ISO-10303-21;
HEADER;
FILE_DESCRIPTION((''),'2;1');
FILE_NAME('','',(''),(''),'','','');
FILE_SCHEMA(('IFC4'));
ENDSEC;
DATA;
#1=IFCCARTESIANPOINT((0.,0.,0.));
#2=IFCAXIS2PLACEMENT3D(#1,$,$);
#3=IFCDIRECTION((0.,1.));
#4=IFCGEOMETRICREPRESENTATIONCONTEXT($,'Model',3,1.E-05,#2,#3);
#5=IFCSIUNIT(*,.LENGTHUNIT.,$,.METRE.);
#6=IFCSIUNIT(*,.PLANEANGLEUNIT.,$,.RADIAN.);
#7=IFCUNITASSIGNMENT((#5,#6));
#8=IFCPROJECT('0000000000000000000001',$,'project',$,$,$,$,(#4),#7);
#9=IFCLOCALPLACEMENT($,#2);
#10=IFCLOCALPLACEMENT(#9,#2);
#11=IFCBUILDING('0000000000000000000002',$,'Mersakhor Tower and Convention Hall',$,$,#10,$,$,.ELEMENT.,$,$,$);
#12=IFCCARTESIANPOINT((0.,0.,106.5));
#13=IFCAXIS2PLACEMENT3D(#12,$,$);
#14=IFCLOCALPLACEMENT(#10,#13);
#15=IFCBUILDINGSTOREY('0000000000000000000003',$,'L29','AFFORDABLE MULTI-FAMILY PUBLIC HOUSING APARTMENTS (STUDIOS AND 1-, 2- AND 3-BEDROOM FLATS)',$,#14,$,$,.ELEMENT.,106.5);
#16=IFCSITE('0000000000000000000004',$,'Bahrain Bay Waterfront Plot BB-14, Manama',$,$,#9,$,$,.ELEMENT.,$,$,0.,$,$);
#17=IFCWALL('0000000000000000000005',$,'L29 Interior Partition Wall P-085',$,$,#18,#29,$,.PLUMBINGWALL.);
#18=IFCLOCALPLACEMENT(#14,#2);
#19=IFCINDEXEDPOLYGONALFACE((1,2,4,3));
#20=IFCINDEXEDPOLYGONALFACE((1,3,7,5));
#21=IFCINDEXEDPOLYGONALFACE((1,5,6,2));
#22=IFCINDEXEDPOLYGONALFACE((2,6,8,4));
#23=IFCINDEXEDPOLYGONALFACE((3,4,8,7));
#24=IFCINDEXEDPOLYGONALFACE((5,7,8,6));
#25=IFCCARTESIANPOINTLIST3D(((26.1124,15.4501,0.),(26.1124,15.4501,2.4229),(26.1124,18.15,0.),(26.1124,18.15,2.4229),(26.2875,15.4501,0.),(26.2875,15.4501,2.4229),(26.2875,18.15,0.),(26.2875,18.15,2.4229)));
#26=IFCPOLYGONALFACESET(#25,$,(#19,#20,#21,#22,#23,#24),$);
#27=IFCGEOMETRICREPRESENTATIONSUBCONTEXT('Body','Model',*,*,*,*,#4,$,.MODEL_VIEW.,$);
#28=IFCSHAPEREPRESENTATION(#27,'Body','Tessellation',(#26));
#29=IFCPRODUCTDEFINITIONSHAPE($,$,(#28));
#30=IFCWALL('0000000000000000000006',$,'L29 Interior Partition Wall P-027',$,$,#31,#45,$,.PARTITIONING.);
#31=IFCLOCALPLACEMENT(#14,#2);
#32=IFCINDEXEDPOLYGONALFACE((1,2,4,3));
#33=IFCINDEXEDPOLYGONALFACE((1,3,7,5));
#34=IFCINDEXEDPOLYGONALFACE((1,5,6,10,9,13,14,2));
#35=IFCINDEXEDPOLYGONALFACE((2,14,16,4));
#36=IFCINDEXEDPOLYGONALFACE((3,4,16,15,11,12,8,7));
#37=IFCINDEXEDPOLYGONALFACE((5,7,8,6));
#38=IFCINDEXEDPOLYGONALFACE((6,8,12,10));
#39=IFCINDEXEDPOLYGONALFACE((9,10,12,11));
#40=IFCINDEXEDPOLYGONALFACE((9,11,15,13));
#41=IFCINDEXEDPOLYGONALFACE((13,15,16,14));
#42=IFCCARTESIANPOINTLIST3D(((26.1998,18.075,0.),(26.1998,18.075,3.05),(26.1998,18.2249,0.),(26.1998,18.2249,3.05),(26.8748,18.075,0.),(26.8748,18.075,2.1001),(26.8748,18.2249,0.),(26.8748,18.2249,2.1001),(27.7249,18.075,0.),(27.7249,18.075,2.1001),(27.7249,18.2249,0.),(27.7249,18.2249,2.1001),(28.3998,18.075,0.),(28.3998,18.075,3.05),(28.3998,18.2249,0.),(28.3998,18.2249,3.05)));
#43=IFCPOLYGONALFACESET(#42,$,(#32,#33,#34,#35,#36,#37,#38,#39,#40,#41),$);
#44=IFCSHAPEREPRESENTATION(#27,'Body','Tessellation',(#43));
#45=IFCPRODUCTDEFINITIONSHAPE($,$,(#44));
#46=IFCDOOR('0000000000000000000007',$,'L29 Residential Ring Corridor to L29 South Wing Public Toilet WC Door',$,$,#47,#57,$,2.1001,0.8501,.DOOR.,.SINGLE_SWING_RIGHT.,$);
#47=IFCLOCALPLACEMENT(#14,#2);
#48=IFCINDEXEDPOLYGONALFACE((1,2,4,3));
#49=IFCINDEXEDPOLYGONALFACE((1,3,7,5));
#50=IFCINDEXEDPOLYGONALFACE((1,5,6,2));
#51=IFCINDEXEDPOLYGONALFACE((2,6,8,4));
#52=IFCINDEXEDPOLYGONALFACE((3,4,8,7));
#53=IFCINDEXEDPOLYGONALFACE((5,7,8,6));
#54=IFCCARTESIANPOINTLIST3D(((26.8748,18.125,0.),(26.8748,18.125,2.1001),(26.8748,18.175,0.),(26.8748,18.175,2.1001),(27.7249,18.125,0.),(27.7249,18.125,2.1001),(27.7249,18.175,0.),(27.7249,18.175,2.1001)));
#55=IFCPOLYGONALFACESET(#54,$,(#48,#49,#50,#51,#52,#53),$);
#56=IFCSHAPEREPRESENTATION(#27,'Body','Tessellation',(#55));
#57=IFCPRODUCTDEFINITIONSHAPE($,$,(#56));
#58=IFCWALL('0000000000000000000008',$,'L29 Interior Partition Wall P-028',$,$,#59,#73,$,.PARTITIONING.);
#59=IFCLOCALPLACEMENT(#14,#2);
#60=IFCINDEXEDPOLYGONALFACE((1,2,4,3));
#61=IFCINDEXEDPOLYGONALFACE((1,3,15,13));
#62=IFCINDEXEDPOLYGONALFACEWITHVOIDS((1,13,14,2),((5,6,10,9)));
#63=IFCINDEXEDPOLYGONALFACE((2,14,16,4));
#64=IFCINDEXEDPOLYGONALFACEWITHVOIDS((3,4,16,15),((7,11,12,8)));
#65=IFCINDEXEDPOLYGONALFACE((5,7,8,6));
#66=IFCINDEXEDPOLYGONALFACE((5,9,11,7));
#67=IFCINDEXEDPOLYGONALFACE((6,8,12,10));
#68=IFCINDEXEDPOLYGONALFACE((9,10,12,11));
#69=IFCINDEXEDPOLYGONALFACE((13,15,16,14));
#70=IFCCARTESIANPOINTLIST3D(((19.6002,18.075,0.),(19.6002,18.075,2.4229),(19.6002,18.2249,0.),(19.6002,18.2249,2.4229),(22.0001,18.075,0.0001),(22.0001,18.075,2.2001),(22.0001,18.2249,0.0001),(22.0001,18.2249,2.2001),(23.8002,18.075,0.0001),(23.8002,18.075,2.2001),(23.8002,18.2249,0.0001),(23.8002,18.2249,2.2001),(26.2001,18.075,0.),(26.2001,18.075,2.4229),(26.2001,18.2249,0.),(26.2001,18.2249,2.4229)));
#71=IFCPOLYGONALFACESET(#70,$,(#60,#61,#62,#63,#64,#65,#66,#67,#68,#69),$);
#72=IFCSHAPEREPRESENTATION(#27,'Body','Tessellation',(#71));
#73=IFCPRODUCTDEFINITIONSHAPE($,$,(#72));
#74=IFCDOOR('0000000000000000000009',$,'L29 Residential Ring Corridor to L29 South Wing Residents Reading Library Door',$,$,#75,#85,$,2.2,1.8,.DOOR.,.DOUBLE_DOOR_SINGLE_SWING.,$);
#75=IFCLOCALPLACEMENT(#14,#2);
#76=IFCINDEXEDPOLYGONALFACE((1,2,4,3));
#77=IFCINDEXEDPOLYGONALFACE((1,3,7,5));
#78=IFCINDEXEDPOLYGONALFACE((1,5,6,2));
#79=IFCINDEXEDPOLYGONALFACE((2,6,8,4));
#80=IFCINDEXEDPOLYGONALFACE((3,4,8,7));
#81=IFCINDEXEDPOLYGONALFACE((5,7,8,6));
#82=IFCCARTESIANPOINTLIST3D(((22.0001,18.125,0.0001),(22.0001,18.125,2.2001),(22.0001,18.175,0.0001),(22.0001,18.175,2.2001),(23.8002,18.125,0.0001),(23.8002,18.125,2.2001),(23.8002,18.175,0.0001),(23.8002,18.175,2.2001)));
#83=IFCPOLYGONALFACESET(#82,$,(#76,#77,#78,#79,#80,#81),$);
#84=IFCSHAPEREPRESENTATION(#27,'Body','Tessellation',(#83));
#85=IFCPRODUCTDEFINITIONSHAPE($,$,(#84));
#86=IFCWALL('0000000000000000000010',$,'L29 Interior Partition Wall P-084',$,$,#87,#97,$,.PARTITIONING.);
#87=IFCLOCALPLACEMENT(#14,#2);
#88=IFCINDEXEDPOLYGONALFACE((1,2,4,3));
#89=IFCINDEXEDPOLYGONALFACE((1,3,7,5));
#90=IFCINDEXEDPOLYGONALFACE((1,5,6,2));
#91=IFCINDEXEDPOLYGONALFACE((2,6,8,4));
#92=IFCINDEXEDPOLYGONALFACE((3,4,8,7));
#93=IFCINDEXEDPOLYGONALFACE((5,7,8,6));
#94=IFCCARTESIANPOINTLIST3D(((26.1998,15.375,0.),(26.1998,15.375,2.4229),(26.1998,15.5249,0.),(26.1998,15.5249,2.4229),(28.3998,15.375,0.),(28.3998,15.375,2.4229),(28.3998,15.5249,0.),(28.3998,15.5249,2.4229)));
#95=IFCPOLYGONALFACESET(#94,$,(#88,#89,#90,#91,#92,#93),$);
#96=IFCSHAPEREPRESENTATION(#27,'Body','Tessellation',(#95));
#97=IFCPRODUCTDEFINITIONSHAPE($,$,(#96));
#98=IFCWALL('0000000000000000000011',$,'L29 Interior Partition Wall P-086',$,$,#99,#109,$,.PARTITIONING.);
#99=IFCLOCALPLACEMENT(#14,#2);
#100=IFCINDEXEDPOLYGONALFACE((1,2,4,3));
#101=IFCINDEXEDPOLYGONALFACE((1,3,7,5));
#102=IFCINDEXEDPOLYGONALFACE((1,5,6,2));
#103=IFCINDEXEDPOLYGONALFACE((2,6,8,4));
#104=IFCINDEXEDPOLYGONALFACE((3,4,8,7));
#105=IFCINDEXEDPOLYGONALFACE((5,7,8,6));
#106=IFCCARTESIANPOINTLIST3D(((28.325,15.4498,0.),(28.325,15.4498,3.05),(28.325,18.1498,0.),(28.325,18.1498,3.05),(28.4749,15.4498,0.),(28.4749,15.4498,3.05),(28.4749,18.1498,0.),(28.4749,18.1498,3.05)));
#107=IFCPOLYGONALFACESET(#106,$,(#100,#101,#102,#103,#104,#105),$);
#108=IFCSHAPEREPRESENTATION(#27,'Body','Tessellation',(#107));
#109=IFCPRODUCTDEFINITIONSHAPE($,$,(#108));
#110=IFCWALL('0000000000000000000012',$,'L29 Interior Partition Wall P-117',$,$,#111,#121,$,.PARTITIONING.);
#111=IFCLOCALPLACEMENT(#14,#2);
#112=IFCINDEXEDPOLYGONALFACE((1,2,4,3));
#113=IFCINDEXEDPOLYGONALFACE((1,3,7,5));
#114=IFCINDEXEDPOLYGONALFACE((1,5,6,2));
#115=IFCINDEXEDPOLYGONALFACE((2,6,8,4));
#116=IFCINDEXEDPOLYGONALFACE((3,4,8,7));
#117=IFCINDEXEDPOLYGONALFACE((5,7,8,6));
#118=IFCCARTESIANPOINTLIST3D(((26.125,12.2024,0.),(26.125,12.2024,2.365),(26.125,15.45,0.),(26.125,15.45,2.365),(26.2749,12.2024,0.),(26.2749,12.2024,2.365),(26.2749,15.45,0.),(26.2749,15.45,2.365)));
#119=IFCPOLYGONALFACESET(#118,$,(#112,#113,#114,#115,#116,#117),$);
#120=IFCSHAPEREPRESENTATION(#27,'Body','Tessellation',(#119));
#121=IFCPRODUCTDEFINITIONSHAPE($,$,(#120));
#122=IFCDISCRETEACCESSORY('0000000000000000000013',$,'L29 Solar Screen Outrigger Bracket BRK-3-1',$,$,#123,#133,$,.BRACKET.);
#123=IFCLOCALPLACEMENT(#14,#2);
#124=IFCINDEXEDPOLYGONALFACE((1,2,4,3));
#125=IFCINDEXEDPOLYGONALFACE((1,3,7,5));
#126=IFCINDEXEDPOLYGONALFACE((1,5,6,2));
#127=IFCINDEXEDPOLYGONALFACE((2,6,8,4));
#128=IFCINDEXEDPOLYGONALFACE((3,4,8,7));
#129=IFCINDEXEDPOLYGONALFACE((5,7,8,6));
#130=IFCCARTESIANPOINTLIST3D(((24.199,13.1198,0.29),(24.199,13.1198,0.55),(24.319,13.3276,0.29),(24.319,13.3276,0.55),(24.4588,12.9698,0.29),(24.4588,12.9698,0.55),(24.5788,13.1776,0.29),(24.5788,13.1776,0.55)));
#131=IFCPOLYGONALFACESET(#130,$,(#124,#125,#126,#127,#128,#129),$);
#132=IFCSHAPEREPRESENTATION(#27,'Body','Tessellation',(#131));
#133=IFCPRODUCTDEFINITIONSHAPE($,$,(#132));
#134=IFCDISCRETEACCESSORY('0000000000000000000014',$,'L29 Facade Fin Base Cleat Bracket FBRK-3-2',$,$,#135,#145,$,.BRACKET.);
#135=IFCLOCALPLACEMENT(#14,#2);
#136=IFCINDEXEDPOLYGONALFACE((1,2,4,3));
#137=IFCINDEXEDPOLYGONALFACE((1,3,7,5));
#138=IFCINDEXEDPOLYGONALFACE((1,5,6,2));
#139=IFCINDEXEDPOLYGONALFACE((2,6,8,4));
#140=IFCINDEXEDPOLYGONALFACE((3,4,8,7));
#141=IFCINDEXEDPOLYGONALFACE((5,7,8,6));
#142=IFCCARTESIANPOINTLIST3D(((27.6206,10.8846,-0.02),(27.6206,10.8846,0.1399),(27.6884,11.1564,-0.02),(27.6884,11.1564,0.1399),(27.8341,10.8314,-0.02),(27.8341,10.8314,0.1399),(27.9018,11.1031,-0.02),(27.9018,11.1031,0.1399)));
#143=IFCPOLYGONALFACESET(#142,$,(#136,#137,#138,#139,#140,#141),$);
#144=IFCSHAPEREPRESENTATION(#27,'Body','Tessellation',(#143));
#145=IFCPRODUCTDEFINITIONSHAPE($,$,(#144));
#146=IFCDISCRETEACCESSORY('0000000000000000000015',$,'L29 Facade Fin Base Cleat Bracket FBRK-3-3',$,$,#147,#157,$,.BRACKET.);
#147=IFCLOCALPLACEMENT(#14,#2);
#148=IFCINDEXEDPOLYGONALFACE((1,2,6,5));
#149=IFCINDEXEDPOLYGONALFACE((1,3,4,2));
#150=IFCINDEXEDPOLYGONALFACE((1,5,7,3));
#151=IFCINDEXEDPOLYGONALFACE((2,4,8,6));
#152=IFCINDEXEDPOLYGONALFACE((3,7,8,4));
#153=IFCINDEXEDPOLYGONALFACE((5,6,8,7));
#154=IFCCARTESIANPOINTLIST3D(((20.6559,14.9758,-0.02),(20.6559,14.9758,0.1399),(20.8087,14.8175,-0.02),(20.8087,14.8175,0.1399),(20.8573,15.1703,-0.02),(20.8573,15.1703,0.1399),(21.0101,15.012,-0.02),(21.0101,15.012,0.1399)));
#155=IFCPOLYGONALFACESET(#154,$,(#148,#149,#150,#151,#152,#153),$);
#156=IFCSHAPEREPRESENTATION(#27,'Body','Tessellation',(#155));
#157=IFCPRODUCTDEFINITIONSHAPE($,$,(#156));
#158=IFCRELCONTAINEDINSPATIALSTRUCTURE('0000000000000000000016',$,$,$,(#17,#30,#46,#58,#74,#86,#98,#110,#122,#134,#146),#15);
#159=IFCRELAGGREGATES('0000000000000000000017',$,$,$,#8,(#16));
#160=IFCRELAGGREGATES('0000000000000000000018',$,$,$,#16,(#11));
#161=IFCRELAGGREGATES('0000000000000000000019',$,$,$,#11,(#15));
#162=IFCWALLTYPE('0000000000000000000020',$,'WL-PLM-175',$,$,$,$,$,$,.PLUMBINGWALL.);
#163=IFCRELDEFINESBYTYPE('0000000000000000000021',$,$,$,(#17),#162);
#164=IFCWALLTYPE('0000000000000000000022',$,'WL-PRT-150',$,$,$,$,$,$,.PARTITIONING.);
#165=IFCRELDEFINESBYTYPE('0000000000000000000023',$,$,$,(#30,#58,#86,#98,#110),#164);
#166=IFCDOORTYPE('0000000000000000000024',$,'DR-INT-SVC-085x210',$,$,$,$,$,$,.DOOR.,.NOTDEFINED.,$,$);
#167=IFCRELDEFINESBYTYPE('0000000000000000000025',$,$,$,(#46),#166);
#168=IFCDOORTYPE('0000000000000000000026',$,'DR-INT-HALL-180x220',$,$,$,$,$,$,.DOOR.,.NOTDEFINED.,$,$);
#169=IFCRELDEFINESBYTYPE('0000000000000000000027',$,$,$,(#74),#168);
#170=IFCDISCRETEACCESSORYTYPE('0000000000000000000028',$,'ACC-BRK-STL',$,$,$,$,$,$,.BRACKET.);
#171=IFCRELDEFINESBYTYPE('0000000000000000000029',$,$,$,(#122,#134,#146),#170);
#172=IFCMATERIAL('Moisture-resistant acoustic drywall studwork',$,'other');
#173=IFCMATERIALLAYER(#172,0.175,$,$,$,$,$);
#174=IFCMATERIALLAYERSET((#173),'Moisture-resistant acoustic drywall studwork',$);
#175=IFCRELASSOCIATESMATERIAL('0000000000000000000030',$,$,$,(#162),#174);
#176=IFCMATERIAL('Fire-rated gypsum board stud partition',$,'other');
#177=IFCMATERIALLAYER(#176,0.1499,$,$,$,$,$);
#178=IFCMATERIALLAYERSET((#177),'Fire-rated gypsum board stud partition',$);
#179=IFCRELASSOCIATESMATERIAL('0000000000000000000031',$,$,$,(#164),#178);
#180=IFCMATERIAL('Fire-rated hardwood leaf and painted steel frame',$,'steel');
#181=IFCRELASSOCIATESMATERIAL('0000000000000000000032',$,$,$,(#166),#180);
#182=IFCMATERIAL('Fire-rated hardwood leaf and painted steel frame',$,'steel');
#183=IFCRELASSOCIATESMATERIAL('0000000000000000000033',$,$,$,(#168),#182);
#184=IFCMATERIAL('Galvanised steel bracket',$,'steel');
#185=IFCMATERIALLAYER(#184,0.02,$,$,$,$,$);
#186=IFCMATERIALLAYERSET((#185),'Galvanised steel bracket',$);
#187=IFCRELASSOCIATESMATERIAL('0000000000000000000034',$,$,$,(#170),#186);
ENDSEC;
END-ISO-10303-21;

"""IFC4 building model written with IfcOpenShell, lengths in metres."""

from ifc_helpers import new_model, si_unit, direction, frame, frame_2d, origin, origin_2d, place, context, subcontext, project, spatial, rectangle, extrude, material, layer, layer_set, type_object, element, fill, save


model = new_model("IFC4")

# Units and contexts
model_context = context("Model", 3, precision=1e-05, world=origin(), true_north=direction((0.0, 1.0)))
body_context = subcontext(model_context, "Body", "Model", "MODEL_VIEW")
ifc_project = project(units=[si_unit("LENGTHUNIT", "METRE"), si_unit("PLANEANGLEUNIT", "RADIAN")], contexts=[model_context])

# Site, building, storey
site_placement = place(None, origin())
site = spatial("IfcSite", under=ifc_project, at=site_placement, Name="Bahrain Bay Waterfront Plot BB-14, Manama", CompositionType="ELEMENT", RefElevation=0.0)
building_placement = place(site_placement, origin())
building = spatial("IfcBuilding", under=site, at=building_placement, Name="Mersakhor Tower and Convention Hall", CompositionType="ELEMENT")
storey_placement = place(building_placement, frame((0.0, 0.0, 106.5)))
storey = spatial("IfcBuildingStorey", under=building, at=storey_placement, Name="L29", Description="AFFORDABLE MULTI-FAMILY PUBLIC HOUSING APARTMENTS (STUDIOS AND 1-, 2- AND 3-BEDROOM FLATS)", CompositionType="ELEMENT", Elevation=106.5)

# Wall
ifc_material_1 = material(Name="Moisture-resistant acoustic drywall studwork", Category="other")
ifc_layer_1 = layer(ifc_material_1, 0.175)
ifc_layer_set_1 = layer_set([ifc_layer_1], Name="Moisture-resistant acoustic drywall studwork")
wall_type_1 = type_object("IfcWallType", Name="WL-PLM-175", PredefinedType="PLUMBINGWALL", material=ifc_layer_set_1)
wall_1_placement = place(storey_placement, frame((26.2, 15.45, 0.0), z_axis=(0.0, 0.0, 1.0), x_axis=(0.0, 1.0, 0.0)))
element("IfcWall", 1, at=wall_1_placement, inside=storey, type_object=wall_type_1, Name="L29 Interior Partition Wall P-085", PredefinedType="PLUMBINGWALL", context=body_context, shape_type="SweptSolid", body=[
    extrude(rectangle(XDim=2.7, YDim=0.175, at=frame_2d((1.3501, 0.0))), origin(), (0.0, 0.0, 1.0), 2.4229),
])

# Walls, openings, doors
ifc_material_2 = material(Name="Fire-rated gypsum board stud partition", Category="other")
ifc_layer_2 = layer(ifc_material_2, 0.1499)
ifc_layer_set_2 = layer_set([ifc_layer_2], Name="Fire-rated gypsum board stud partition")
wall_type_2 = type_object("IfcWallType", Name="WL-PRT-150", PredefinedType="PARTITIONING", material=ifc_layer_set_2)
wall_2_placement = place(storey_placement, frame((28.3999, 18.1499, 0.0), z_axis=(0.0, 0.0, 1.0), x_axis=(-1.0, 0.0, 0.0)))
wall_2 = element("IfcWall", 2, at=wall_2_placement, inside=storey, type_object=wall_type_2, Name="L29 Interior Partition Wall P-027", PredefinedType="PARTITIONING", context=body_context, shape_type="SweptSolid", body=[
    extrude(rectangle(XDim=2.2, YDim=0.1499, at=frame_2d((1.1001, 0.0))), origin(), (0.0, 0.0, 1.0), 3.05),
])
opening_1_placement = place(wall_2_placement, frame((0.675, 0.0, 0.0)))
opening_1 = element("IfcOpeningElement", 3, at=opening_1_placement, cuts=wall_2, PredefinedType="OPENING", context=body_context, shape_type="SweptSolid", body=[
    extrude(rectangle(XDim=0.8501, YDim=2.1001, at=frame_2d((0.425, 1.05))), frame((0.0, 0.085, 0.0), z_axis=(0.0, -1.0, 0.0), x_axis=(1.0, 0.0, 0.0)), (0.0, 0.0, 1.0), 0.1699),
])
ifc_material_3 = material(Name="Fire-rated hardwood leaf and painted steel frame", Category="steel")
door_type_1 = type_object("IfcDoorType", Name="DR-INT-SVC-085x210", OperationType="NOTDEFINED", PredefinedType="DOOR", material=ifc_material_3)
door_1_placement = place(opening_1_placement, origin())
door_1 = element("IfcDoor", 4, at=door_1_placement, inside=storey, type_object=door_type_1, Name="L29 Residential Ring Corridor to L29 South Wing Public Toilet WC Door", OperationType="SINGLE_SWING_RIGHT", OverallHeight=2.1001, OverallWidth=0.8501, PredefinedType="DOOR", context=body_context, shape_type="SweptSolid", body=[
    extrude(rectangle(XDim=0.8501, YDim=2.1001, at=frame_2d((0.425, 1.05))), frame((0.0, 0.0249, 0.0), z_axis=(0.0, -1.0, 0.0), x_axis=(1.0, 0.0, 0.0)), (0.0, 0.0, 1.0), 0.05),
])
fill(opening_1, door_1)
wall_3_placement = place(storey_placement, frame((26.2, 18.1499, 0.0), z_axis=(0.0, 0.0, 1.0), x_axis=(-1.0, 0.0, 0.0)))
wall_3 = element("IfcWall", 5, at=wall_3_placement, inside=storey, type_object=wall_type_2, Name="L29 Interior Partition Wall P-028", PredefinedType="PARTITIONING", context=body_context, shape_type="SweptSolid", body=[
    extrude(rectangle(XDim=6.5999, YDim=0.1499, at=frame_2d((3.2998, 0.0))), origin(), (0.0, 0.0, 1.0), 2.4229),
])
opening_2_placement = place(wall_3_placement, frame((2.3999, 0.0, 0.0)))
opening_2 = element("IfcOpeningElement", 6, at=opening_2_placement, cuts=wall_3, PredefinedType="OPENING", context=body_context, shape_type="SweptSolid", body=[
    extrude(rectangle(XDim=1.8, YDim=2.2, at=frame_2d((0.8999, 1.1001))), frame((0.0, 0.085, 0.0), z_axis=(0.0, -1.0, 0.0), x_axis=(1.0, 0.0, 0.0)), (0.0, 0.0, 1.0), 0.1699),
])
ifc_material_4 = material(Name="Fire-rated hardwood leaf and painted steel frame", Category="steel")
door_type_2 = type_object("IfcDoorType", Name="DR-INT-HALL-180x220", OperationType="NOTDEFINED", PredefinedType="DOOR", material=ifc_material_4)
door_2_placement = place(opening_2_placement, origin())
door_2 = element("IfcDoor", 7, at=door_2_placement, inside=storey, type_object=door_type_2, Name="L29 Residential Ring Corridor to L29 South Wing Residents Reading Library Door", OperationType="DOUBLE_DOOR_SINGLE_SWING", OverallHeight=2.2, OverallWidth=1.8, PredefinedType="DOOR", context=body_context, shape_type="SweptSolid", body=[
    extrude(rectangle(XDim=1.8, YDim=2.2, at=frame_2d((0.8999, 1.1001))), frame((0.0, 0.0249, 0.0), z_axis=(0.0, -1.0, 0.0), x_axis=(1.0, 0.0, 0.0)), (0.0, 0.0, 1.0), 0.05),
])
fill(opening_2, door_2)

# Walls
wall_4_placement = place(storey_placement, frame((28.3999, 15.45, 0.0), z_axis=(0.0, 0.0, 1.0), x_axis=(-1.0, 0.0, 0.0)))
element("IfcWall", 8, at=wall_4_placement, inside=storey, type_object=wall_type_2, Name="L29 Interior Partition Wall P-084", PredefinedType="PARTITIONING", context=body_context, shape_type="SweptSolid", body=[
    extrude(rectangle(XDim=2.2, YDim=0.1499, at=frame_2d((1.1001, 0.0))), origin(), (0.0, 0.0, 1.0), 2.4229),
])
wall_5_placement = place(storey_placement, frame((28.3999, 18.1499, 0.0), z_axis=(0.0, 0.0, 1.0), x_axis=(0.0, -1.0, 0.0)))
element("IfcWall", 9, at=wall_5_placement, inside=storey, type_object=wall_type_2, Name="L29 Interior Partition Wall P-086", PredefinedType="PARTITIONING", context=body_context, shape_type="SweptSolid", body=[
    extrude(rectangle(XDim=2.7, YDim=0.1499, at=frame_2d((1.3501, 0.0))), origin(), (0.0, 0.0, 1.0), 3.05),
])
wall_6_placement = place(storey_placement, frame((26.2, 15.45, 0.0), z_axis=(0.0, 0.0, 1.0), x_axis=(0.0, -1.0, 0.0)))
element("IfcWall", 10, at=wall_6_placement, inside=storey, type_object=wall_type_2, Name="L29 Interior Partition Wall P-117", PredefinedType="PARTITIONING", context=body_context, shape_type="SweptSolid", body=[
    extrude(rectangle(XDim=3.2476, YDim=0.1499, at=frame_2d((1.6238, 0.0))), origin(), (0.0, 0.0, 1.0), 2.365),
])

# Discrete accessories
ifc_material_5 = material(Name="Galvanised steel bracket", Category="steel")
ifc_layer_3 = layer(ifc_material_5, 0.02)
ifc_layer_set_3 = layer_set([ifc_layer_3], Name="Galvanised steel bracket")
discrete_accessory_type = type_object("IfcDiscreteAccessoryType", Name="ACC-BRK-STL", PredefinedType="BRACKET", material=ifc_layer_set_3)
discrete_accessory_placement = place(storey_placement, frame((24.3889, 13.1487, 0.29), z_axis=(0.0, 0.0, 1.0), x_axis=(-0.866025, 0.5, 0.0)))
element("IfcDiscreteAccessory", 11, at=discrete_accessory_placement, inside=storey, type_object=discrete_accessory_type, Name="L29 Solar Screen Outrigger Bracket BRK-3-1", PredefinedType="BRACKET", context=body_context, shape_type="SweptSolid", body=[
    extrude(rectangle(XDim=0.3, YDim=0.24, at=origin_2d()), origin(), (0.0, 0.0, 1.0), 0.26),
])
for number, where, z_axis, x_axis, name in (
    (12, (27.7612, 10.9939, -0.02), (0.0, 0.0, 1.0), (-0.241922, -0.970296, 0.0), "L29 Facade Fin Base Cleat Bracket FBRK-3-2"),
    (13, (20.833, 14.9939, -0.02), (0.0, 0.0, 1.0), (-0.71934, -0.694658, 0.0), "L29 Facade Fin Base Cleat Bracket FBRK-3-3"),
):
    element("IfcDiscreteAccessory", number, at=place(storey_placement, frame(where, z_axis=z_axis, x_axis=x_axis)), inside=storey, type_object=discrete_accessory_type, Name=name, PredefinedType="BRACKET", context=body_context, shape_type="SweptSolid", body=[
        extrude(rectangle(XDim=0.28, YDim=0.22, at=origin_2d()), origin(), (0.0, 0.0, 1.0), 0.1599),
    ])

save(model, "model.ifc")
